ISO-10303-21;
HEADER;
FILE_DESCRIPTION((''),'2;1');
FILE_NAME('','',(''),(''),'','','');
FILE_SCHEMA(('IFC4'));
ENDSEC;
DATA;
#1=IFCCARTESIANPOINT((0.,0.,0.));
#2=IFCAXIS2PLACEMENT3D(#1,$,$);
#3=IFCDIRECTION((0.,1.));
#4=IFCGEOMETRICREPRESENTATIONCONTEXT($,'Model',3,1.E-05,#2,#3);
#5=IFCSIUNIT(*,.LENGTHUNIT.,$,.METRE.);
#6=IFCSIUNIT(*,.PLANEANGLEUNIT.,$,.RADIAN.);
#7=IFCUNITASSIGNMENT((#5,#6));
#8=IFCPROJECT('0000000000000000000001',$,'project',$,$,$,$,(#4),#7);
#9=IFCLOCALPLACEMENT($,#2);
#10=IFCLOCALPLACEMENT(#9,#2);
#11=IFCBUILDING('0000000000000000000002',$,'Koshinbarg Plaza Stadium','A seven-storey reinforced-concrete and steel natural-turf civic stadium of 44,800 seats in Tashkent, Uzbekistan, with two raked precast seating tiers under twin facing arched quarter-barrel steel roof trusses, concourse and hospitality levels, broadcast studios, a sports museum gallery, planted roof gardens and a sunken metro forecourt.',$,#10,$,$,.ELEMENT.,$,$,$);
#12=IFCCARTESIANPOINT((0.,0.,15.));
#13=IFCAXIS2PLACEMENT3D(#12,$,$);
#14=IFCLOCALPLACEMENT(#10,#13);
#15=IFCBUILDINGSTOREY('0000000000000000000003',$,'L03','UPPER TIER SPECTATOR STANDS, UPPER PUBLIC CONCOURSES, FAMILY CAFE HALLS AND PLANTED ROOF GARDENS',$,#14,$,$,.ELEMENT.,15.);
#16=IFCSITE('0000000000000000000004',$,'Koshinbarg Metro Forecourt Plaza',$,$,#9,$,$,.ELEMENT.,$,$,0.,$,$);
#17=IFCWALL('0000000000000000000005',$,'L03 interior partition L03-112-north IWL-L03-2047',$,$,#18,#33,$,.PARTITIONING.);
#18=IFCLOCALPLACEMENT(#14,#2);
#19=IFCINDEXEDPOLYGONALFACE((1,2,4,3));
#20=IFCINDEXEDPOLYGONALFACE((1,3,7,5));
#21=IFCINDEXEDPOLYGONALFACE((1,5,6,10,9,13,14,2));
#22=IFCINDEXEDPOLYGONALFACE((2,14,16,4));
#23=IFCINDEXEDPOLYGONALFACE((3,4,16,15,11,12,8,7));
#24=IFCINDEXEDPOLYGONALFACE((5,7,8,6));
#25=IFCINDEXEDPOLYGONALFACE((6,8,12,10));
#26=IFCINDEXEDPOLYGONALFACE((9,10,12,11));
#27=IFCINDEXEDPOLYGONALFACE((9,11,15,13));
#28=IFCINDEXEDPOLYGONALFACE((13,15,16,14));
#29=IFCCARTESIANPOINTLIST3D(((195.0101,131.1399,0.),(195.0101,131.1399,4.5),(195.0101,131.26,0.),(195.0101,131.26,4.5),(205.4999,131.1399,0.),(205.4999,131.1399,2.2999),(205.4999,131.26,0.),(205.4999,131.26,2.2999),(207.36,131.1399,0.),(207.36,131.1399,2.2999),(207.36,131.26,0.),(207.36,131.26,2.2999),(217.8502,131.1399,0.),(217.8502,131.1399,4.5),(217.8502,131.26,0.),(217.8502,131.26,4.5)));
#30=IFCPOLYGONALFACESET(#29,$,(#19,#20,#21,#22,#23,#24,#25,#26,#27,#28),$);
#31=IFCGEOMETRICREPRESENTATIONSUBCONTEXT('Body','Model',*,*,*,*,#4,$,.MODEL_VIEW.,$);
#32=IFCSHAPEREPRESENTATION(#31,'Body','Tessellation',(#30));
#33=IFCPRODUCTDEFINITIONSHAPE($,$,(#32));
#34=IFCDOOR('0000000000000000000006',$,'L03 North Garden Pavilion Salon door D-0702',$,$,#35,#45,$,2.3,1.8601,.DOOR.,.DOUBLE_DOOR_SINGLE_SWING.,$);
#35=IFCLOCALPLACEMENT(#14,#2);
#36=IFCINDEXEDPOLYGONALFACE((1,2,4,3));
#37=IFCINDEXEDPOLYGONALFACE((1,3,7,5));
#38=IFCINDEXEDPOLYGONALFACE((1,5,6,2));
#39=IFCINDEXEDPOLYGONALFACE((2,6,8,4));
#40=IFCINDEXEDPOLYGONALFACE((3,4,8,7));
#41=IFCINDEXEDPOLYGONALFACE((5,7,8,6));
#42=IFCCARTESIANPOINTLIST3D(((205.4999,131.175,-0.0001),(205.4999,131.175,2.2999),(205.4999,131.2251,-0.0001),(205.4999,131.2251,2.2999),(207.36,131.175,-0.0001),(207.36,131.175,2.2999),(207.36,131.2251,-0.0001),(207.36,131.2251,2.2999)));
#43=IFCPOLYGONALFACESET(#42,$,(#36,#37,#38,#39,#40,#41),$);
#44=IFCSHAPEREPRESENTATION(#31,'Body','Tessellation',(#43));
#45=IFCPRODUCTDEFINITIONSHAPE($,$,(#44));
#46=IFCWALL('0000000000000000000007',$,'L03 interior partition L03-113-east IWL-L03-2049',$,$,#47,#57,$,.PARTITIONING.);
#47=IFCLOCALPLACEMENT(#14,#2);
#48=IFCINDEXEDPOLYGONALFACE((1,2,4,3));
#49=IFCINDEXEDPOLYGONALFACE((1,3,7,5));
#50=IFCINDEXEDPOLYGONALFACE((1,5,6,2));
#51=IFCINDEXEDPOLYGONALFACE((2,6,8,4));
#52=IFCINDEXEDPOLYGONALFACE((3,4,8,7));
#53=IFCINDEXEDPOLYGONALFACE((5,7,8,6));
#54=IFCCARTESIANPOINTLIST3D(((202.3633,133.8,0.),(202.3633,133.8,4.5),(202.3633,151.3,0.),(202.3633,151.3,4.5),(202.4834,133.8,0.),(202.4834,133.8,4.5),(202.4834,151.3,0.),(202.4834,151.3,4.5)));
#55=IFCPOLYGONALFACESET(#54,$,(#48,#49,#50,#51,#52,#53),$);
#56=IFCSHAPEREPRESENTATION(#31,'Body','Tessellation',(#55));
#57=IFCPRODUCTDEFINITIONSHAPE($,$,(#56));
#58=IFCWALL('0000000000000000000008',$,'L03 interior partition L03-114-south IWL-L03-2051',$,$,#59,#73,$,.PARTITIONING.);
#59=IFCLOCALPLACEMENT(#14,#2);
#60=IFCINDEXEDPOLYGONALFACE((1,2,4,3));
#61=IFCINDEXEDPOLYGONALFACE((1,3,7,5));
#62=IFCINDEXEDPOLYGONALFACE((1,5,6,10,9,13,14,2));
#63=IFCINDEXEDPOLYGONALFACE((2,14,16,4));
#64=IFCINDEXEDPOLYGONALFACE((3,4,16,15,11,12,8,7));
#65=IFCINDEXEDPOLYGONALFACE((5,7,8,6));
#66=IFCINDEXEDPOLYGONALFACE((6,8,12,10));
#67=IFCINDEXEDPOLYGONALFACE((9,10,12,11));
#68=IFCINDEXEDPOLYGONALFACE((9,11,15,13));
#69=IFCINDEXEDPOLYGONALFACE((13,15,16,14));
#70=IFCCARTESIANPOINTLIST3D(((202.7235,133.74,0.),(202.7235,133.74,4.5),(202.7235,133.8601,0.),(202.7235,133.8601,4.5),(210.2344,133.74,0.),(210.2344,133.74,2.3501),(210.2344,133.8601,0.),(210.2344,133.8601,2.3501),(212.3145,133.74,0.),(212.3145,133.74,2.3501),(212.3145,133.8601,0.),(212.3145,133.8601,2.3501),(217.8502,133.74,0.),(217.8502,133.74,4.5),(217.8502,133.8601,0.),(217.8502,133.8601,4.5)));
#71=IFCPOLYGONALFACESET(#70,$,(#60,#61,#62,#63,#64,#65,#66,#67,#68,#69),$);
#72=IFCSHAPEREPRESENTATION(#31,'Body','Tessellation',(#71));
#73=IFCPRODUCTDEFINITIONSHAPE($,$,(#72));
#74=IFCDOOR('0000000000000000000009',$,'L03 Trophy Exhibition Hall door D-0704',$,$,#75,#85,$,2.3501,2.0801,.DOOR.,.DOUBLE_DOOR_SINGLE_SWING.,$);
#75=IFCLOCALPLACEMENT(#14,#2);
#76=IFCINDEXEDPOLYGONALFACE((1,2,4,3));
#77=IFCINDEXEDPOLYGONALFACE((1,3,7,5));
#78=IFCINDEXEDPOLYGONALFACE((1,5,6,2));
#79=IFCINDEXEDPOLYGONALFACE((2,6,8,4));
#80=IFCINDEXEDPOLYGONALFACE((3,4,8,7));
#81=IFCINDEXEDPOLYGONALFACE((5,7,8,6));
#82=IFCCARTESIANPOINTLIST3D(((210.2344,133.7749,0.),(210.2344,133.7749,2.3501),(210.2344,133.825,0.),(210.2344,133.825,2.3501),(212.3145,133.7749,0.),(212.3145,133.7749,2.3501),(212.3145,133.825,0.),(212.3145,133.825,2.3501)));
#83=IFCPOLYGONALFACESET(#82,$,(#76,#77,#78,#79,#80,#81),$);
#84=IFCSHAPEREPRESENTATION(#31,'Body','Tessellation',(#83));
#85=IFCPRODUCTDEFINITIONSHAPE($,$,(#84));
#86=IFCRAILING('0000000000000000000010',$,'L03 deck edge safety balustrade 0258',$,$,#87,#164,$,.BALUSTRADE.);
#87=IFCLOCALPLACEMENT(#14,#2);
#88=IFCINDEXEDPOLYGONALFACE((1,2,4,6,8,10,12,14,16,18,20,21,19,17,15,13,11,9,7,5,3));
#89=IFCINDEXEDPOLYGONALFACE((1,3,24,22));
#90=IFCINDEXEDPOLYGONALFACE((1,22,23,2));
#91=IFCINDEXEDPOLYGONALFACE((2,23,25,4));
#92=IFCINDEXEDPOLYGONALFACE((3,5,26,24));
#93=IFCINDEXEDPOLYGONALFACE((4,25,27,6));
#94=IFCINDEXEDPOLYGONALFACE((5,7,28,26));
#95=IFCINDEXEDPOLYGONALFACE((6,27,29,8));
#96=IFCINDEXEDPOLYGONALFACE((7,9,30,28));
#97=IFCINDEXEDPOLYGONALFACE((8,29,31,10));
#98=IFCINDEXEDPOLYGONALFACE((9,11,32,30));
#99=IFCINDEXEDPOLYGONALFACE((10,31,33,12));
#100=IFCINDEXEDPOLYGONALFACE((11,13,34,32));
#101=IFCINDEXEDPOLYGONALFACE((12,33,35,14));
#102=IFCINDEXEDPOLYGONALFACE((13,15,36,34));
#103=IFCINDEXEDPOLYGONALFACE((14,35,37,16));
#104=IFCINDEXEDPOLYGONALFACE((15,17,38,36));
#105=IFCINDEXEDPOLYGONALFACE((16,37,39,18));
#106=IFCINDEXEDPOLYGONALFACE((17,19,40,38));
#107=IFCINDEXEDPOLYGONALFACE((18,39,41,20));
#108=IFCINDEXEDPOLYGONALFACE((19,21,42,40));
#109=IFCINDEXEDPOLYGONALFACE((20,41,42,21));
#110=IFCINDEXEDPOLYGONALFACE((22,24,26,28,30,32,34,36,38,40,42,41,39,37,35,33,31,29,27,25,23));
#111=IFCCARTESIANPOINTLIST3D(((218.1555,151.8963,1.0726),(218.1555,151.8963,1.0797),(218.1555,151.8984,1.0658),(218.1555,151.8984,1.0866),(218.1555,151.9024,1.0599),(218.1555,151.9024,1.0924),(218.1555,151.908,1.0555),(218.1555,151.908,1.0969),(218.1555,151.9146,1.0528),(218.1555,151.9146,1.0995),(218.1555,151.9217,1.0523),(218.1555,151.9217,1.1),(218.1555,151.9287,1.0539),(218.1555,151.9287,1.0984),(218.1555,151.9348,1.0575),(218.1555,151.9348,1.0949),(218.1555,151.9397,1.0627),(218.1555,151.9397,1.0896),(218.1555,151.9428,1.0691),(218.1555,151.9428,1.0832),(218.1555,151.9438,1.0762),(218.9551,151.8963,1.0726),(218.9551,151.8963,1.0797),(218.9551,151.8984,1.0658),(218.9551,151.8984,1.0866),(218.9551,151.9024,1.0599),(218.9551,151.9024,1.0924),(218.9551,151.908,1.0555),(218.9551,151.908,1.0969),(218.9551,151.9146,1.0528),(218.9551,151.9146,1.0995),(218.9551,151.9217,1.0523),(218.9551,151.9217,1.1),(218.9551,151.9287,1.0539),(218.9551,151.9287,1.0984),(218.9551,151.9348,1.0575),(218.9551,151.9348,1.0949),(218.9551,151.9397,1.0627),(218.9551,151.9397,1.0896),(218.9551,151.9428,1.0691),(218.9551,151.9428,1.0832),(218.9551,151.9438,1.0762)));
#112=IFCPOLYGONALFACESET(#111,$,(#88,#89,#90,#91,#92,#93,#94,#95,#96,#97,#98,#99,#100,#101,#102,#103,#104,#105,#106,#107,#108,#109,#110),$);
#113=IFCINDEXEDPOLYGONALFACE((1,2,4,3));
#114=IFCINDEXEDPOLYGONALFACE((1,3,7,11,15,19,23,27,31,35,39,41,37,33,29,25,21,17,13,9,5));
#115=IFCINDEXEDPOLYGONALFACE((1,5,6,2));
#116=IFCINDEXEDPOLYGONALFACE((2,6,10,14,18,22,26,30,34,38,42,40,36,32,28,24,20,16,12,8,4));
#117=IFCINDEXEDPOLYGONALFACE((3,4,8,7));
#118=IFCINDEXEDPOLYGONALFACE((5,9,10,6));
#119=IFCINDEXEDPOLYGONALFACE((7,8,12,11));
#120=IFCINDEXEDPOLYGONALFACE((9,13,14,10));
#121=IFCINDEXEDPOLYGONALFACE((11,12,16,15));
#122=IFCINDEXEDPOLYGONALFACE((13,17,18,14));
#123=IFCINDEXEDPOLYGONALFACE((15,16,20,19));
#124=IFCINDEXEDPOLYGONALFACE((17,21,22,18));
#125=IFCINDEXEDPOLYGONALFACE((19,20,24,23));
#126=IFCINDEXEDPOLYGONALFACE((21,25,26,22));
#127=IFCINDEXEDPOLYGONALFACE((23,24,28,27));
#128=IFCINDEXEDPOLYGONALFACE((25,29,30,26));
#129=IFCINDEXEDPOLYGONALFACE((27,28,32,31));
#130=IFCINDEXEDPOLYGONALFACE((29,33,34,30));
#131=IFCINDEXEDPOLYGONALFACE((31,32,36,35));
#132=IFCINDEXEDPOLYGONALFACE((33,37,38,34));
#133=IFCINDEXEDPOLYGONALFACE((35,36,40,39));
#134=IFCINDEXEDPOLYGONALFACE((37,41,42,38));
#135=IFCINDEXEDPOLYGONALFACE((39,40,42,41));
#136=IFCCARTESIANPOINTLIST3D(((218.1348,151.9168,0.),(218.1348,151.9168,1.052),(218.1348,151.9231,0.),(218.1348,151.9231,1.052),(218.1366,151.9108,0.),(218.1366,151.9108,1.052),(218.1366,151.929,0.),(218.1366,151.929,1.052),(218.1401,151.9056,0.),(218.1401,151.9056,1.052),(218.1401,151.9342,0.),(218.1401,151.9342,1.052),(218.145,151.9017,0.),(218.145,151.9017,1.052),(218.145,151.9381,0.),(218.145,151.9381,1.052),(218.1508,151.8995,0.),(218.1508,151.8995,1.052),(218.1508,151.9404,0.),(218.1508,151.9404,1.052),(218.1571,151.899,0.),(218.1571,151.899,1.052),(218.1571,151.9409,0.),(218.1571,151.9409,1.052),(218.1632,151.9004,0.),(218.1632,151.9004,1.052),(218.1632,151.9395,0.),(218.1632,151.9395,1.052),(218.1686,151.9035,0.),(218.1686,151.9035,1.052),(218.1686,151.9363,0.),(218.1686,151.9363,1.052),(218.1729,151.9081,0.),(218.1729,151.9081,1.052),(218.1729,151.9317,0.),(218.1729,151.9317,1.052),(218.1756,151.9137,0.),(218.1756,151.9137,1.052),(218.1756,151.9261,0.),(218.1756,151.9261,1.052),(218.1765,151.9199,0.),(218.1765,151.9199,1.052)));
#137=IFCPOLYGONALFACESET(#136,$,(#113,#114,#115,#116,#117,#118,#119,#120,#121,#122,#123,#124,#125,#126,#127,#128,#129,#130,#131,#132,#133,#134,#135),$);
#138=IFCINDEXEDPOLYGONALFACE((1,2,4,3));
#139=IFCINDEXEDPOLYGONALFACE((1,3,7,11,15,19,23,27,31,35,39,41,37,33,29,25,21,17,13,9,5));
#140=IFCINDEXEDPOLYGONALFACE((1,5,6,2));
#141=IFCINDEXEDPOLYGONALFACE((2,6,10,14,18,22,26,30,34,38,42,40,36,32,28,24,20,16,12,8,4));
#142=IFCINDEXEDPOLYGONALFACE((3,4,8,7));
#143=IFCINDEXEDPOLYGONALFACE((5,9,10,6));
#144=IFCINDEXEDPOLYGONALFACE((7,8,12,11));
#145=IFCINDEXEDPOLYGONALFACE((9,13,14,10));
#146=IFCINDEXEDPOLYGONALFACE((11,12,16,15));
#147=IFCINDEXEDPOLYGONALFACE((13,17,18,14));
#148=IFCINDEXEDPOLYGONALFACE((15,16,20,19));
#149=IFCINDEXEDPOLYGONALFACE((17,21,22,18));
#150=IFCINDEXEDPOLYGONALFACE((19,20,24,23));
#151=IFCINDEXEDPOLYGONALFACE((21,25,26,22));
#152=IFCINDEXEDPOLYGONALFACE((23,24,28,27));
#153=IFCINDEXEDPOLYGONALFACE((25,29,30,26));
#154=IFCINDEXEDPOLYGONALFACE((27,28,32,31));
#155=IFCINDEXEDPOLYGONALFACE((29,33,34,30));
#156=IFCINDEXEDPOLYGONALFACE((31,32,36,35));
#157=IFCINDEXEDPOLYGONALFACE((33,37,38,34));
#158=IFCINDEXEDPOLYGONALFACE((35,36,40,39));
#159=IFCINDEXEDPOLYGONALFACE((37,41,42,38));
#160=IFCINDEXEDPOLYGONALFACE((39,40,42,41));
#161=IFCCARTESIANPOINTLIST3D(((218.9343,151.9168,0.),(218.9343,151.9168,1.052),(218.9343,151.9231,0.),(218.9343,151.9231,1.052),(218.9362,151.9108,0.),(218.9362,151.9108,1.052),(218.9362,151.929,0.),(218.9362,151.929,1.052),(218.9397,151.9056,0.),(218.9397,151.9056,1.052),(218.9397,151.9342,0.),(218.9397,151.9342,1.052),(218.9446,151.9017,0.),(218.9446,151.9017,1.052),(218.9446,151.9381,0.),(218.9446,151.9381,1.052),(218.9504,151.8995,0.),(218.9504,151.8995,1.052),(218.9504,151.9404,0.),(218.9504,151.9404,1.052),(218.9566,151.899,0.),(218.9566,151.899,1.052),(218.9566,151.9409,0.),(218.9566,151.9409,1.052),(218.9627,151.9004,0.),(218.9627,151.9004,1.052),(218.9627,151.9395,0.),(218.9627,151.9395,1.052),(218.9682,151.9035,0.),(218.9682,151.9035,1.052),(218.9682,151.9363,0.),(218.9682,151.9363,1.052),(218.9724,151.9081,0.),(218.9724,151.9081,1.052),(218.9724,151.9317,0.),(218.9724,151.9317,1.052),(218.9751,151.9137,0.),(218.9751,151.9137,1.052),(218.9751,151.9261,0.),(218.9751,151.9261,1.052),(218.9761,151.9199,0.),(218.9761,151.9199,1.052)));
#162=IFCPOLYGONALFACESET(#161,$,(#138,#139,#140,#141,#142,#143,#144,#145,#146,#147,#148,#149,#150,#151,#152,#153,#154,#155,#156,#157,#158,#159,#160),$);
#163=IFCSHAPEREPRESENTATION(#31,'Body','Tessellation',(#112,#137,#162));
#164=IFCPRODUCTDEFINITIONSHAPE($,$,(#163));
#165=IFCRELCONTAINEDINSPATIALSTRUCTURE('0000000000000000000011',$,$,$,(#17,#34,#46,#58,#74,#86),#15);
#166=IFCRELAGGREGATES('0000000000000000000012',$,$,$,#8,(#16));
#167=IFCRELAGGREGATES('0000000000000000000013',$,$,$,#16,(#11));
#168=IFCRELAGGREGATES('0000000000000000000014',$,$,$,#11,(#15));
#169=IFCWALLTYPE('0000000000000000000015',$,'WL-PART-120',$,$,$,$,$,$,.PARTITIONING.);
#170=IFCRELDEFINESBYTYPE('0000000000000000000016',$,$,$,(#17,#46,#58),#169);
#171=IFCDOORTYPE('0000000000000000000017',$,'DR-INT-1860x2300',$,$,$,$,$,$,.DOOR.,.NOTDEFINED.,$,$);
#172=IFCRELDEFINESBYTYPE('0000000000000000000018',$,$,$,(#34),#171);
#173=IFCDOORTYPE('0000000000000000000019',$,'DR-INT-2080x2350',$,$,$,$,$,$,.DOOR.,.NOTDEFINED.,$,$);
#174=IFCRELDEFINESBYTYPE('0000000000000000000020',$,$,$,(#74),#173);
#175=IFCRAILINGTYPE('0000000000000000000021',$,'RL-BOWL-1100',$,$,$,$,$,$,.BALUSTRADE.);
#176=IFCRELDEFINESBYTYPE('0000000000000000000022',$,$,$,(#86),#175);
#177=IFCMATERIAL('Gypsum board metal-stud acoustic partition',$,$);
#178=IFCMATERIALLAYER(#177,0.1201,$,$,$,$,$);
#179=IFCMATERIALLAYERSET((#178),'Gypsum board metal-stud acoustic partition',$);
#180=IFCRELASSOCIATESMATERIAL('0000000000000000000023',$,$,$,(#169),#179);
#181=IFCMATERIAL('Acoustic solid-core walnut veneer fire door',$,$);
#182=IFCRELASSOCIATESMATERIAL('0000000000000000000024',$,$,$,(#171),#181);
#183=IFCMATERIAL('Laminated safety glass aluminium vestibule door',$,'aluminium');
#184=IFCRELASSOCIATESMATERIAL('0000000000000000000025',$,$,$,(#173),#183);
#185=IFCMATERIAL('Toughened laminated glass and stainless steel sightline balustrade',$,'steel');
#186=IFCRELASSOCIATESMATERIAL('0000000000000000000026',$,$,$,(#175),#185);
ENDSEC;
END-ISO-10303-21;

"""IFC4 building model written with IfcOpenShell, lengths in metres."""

from ifc_helpers import new_model, si_unit, direction, frame, frame_2d, origin, origin_2d, place, context, subcontext, project, spatial, rectangle, circle, extrude, material, layer, layer_set, type_object, element, fill, save


model = new_model("IFC4")

# Units and contexts
model_context = context("Model", 3, precision=1e-05, world=origin(), true_north=direction((0.0, 1.0)))
body_context = subcontext(model_context, "Body", "Model", "MODEL_VIEW")
ifc_project = project(units=[si_unit("LENGTHUNIT", "METRE"), si_unit("PLANEANGLEUNIT", "RADIAN")], contexts=[model_context])

# Site, building, storey
site_placement = place(None, origin())
site = spatial("IfcSite", under=ifc_project, at=site_placement, Name="Koshinbarg Metro Forecourt Plaza", CompositionType="ELEMENT", RefElevation=0.0)
building_placement = place(site_placement, origin())
building = spatial("IfcBuilding", under=site, at=building_placement, Name="Koshinbarg Plaza Stadium", Description="A seven-storey reinforced-concrete and steel natural-turf civic stadium of 44,800 seats in Tashkent, Uzbekistan, with two raked precast seating tiers under twin facing arched quarter-barrel steel roof trusses, concourse and hospitality levels, broadcast studios, a sports museum gallery, planted roof gardens and a sunken metro forecourt.", CompositionType="ELEMENT")
storey_placement = place(building_placement, frame((0.0, 0.0, 15.0)))
storey = spatial("IfcBuildingStorey", under=building, at=storey_placement, Name="L03", Description="UPPER TIER SPECTATOR STANDS, UPPER PUBLIC CONCOURSES, FAMILY CAFE HALLS AND PLANTED ROOF GARDENS", CompositionType="ELEMENT", Elevation=15.0)

# Wall, opening, door
ifc_material_1 = material(Name="Gypsum board metal-stud acoustic partition")
ifc_layer_1 = layer(ifc_material_1, 0.1201)
ifc_layer_set_1 = layer_set([ifc_layer_1], Name="Gypsum board metal-stud acoustic partition")
wall_type_1 = type_object("IfcWallType", Name="WL-PART-120", PredefinedType="PARTITIONING", material=ifc_layer_set_1)
wall_1_placement = place(storey_placement, frame((217.8501, 131.2, 0.0), z_axis=(0.0, 0.0, 1.0), x_axis=(-1.0, 0.0, 0.0)))
wall_1 = element("IfcWall", 1, at=wall_1_placement, inside=storey, type_object=wall_type_1, Name="L03 interior partition L03-112-north IWL-L03-2047", PredefinedType="PARTITIONING", context=body_context, shape_type="SweptSolid", body=[
    extrude(rectangle(XDim=22.8401, YDim=0.1201, at=frame_2d((11.4199, 0.0))), origin(), (0.0, 0.0, 1.0), 4.5),
])
opening_1_placement = place(wall_1_placement, frame((10.49, 0.0, 0.0)))
opening_1 = element("IfcOpeningElement", 2, at=opening_1_placement, cuts=wall_1, PredefinedType="OPENING", context=body_context, shape_type="SweptSolid", body=[
    extrude(rectangle(XDim=1.8601, YDim=2.3, at=frame_2d((0.9302, 1.1499))), frame((0.0, 0.0701, 0.0), z_axis=(0.0, -1.0, 0.0), x_axis=(1.0, 0.0, 0.0)), (0.0, 0.0, 1.0), 0.1401),
])
ifc_material_2 = material(Name="Acoustic solid-core walnut veneer fire door")
door_type_1 = type_object("IfcDoorType", Name="DR-INT-1860x2300", OperationType="NOTDEFINED", PredefinedType="DOOR", material=ifc_material_2)
door_1_placement = place(opening_1_placement, origin())
door_1 = element("IfcDoor", 3, at=door_1_placement, inside=storey, type_object=door_type_1, Name="L03 North Garden Pavilion Salon door D-0702", OperationType="DOUBLE_DOOR_SINGLE_SWING", OverallHeight=2.3, OverallWidth=1.8601, PredefinedType="DOOR", context=body_context, shape_type="SweptSolid", body=[
    extrude(rectangle(XDim=1.8601, YDim=2.3, at=frame_2d((0.9302, 1.1499))), frame((0.0, 0.0249, 0.0), z_axis=(0.0, -1.0, 0.0), x_axis=(1.0, 0.0, 0.0)), (0.0, 0.0, 1.0), 0.05),
])
fill(opening_1, door_1)

# Wall
wall_2_placement = place(storey_placement, frame((202.4233, 133.8, 0.0), z_axis=(0.0, 0.0, 1.0), x_axis=(0.0, 1.0, 0.0)))
element("IfcWall", 4, at=wall_2_placement, inside=storey, type_object=wall_type_1, Name="L03 interior partition L03-113-east IWL-L03-2049", PredefinedType="PARTITIONING", context=body_context, shape_type="SweptSolid", body=[
    extrude(rectangle(XDim=17.5, YDim=0.1201, at=frame_2d((8.75, 0.0))), origin(), (0.0, 0.0, 1.0), 4.5),
])

# Wall, opening, door
wall_3_placement = place(storey_placement, frame((202.7234, 133.8, 0.0), z_axis=(0.0, 0.0, 1.0), x_axis=(1.0, 0.0, 0.0)))
wall_3 = element("IfcWall", 5, at=wall_3_placement, inside=storey, type_object=wall_type_1, Name="L03 interior partition L03-114-south IWL-L03-2051", PredefinedType="PARTITIONING", context=body_context, shape_type="SweptSolid", body=[
    extrude(rectangle(XDim=15.1267, YDim=0.1201, at=frame_2d((7.5635, 0.0))), origin(), (0.0, 0.0, 1.0), 4.5),
])
opening_2_placement = place(wall_3_placement, frame((7.511, 0.0, 0.0)))
opening_2 = element("IfcOpeningElement", 6, at=opening_2_placement, cuts=wall_3, PredefinedType="OPENING", context=body_context, shape_type="SweptSolid", body=[
    extrude(rectangle(XDim=2.0801, YDim=2.3501, at=frame_2d((1.04, 1.175))), frame((0.0, 0.0701, 0.0), z_axis=(0.0, -1.0, 0.0), x_axis=(1.0, 0.0, 0.0)), (0.0, 0.0, 1.0), 0.1401),
])
ifc_material_3 = material(Name="Laminated safety glass aluminium vestibule door", Category="aluminium")
door_type_2 = type_object("IfcDoorType", Name="DR-INT-2080x2350", OperationType="NOTDEFINED", PredefinedType="DOOR", material=ifc_material_3)
door_2_placement = place(opening_2_placement, origin())
door_2 = element("IfcDoor", 7, at=door_2_placement, inside=storey, type_object=door_type_2, Name="L03 Trophy Exhibition Hall door D-0704", OperationType="DOUBLE_DOOR_SINGLE_SWING", OverallHeight=2.3501, OverallWidth=2.0801, PredefinedType="DOOR", context=body_context, shape_type="SweptSolid", body=[
    extrude(rectangle(XDim=2.0801, YDim=2.3501, at=frame_2d((1.04, 1.175))), frame((0.0, 0.0249, 0.0), z_axis=(0.0, -1.0, 0.0), x_axis=(1.0, 0.0, 0.0)), (0.0, 0.0, 1.0), 0.05),
])
fill(opening_2, door_2)

# Railing
ifc_material_4 = material(Name="Toughened laminated glass and stainless steel sightline balustrade", Category="steel")
railing_type = type_object("IfcRailingType", Name="RL-BOWL-1100", PredefinedType="BALUSTRADE", material=ifc_material_4)
railing_placement = place(storey_placement, frame((218.1555, 151.9199, 0.0)))
element("IfcRailing", 8, at=railing_placement, inside=storey, type_object=railing_type, Name="L03 deck edge safety balustrade 0258", PredefinedType="BALUSTRADE", context=body_context, shape_type="SweptSolid", body=[
    extrude(circle(Radius=0.0239, at=origin_2d()), frame((0.0, 0.0, 1.0762), z_axis=(1.0, 0.0, 0.0), x_axis=(0.0, 1.0, 0.0)), (0.0, 0.0, 1.0), 0.7996),
    extrude(circle(Radius=0.021, at=origin_2d()), origin(), (0.0, 0.0, 1.0), 1.052),
    extrude(circle(Radius=0.021, at=origin_2d()), frame((0.7996, 0.0, 0.0)), (0.0, 0.0, 1.0), 1.052),
])

save(model, "model.ifc")
